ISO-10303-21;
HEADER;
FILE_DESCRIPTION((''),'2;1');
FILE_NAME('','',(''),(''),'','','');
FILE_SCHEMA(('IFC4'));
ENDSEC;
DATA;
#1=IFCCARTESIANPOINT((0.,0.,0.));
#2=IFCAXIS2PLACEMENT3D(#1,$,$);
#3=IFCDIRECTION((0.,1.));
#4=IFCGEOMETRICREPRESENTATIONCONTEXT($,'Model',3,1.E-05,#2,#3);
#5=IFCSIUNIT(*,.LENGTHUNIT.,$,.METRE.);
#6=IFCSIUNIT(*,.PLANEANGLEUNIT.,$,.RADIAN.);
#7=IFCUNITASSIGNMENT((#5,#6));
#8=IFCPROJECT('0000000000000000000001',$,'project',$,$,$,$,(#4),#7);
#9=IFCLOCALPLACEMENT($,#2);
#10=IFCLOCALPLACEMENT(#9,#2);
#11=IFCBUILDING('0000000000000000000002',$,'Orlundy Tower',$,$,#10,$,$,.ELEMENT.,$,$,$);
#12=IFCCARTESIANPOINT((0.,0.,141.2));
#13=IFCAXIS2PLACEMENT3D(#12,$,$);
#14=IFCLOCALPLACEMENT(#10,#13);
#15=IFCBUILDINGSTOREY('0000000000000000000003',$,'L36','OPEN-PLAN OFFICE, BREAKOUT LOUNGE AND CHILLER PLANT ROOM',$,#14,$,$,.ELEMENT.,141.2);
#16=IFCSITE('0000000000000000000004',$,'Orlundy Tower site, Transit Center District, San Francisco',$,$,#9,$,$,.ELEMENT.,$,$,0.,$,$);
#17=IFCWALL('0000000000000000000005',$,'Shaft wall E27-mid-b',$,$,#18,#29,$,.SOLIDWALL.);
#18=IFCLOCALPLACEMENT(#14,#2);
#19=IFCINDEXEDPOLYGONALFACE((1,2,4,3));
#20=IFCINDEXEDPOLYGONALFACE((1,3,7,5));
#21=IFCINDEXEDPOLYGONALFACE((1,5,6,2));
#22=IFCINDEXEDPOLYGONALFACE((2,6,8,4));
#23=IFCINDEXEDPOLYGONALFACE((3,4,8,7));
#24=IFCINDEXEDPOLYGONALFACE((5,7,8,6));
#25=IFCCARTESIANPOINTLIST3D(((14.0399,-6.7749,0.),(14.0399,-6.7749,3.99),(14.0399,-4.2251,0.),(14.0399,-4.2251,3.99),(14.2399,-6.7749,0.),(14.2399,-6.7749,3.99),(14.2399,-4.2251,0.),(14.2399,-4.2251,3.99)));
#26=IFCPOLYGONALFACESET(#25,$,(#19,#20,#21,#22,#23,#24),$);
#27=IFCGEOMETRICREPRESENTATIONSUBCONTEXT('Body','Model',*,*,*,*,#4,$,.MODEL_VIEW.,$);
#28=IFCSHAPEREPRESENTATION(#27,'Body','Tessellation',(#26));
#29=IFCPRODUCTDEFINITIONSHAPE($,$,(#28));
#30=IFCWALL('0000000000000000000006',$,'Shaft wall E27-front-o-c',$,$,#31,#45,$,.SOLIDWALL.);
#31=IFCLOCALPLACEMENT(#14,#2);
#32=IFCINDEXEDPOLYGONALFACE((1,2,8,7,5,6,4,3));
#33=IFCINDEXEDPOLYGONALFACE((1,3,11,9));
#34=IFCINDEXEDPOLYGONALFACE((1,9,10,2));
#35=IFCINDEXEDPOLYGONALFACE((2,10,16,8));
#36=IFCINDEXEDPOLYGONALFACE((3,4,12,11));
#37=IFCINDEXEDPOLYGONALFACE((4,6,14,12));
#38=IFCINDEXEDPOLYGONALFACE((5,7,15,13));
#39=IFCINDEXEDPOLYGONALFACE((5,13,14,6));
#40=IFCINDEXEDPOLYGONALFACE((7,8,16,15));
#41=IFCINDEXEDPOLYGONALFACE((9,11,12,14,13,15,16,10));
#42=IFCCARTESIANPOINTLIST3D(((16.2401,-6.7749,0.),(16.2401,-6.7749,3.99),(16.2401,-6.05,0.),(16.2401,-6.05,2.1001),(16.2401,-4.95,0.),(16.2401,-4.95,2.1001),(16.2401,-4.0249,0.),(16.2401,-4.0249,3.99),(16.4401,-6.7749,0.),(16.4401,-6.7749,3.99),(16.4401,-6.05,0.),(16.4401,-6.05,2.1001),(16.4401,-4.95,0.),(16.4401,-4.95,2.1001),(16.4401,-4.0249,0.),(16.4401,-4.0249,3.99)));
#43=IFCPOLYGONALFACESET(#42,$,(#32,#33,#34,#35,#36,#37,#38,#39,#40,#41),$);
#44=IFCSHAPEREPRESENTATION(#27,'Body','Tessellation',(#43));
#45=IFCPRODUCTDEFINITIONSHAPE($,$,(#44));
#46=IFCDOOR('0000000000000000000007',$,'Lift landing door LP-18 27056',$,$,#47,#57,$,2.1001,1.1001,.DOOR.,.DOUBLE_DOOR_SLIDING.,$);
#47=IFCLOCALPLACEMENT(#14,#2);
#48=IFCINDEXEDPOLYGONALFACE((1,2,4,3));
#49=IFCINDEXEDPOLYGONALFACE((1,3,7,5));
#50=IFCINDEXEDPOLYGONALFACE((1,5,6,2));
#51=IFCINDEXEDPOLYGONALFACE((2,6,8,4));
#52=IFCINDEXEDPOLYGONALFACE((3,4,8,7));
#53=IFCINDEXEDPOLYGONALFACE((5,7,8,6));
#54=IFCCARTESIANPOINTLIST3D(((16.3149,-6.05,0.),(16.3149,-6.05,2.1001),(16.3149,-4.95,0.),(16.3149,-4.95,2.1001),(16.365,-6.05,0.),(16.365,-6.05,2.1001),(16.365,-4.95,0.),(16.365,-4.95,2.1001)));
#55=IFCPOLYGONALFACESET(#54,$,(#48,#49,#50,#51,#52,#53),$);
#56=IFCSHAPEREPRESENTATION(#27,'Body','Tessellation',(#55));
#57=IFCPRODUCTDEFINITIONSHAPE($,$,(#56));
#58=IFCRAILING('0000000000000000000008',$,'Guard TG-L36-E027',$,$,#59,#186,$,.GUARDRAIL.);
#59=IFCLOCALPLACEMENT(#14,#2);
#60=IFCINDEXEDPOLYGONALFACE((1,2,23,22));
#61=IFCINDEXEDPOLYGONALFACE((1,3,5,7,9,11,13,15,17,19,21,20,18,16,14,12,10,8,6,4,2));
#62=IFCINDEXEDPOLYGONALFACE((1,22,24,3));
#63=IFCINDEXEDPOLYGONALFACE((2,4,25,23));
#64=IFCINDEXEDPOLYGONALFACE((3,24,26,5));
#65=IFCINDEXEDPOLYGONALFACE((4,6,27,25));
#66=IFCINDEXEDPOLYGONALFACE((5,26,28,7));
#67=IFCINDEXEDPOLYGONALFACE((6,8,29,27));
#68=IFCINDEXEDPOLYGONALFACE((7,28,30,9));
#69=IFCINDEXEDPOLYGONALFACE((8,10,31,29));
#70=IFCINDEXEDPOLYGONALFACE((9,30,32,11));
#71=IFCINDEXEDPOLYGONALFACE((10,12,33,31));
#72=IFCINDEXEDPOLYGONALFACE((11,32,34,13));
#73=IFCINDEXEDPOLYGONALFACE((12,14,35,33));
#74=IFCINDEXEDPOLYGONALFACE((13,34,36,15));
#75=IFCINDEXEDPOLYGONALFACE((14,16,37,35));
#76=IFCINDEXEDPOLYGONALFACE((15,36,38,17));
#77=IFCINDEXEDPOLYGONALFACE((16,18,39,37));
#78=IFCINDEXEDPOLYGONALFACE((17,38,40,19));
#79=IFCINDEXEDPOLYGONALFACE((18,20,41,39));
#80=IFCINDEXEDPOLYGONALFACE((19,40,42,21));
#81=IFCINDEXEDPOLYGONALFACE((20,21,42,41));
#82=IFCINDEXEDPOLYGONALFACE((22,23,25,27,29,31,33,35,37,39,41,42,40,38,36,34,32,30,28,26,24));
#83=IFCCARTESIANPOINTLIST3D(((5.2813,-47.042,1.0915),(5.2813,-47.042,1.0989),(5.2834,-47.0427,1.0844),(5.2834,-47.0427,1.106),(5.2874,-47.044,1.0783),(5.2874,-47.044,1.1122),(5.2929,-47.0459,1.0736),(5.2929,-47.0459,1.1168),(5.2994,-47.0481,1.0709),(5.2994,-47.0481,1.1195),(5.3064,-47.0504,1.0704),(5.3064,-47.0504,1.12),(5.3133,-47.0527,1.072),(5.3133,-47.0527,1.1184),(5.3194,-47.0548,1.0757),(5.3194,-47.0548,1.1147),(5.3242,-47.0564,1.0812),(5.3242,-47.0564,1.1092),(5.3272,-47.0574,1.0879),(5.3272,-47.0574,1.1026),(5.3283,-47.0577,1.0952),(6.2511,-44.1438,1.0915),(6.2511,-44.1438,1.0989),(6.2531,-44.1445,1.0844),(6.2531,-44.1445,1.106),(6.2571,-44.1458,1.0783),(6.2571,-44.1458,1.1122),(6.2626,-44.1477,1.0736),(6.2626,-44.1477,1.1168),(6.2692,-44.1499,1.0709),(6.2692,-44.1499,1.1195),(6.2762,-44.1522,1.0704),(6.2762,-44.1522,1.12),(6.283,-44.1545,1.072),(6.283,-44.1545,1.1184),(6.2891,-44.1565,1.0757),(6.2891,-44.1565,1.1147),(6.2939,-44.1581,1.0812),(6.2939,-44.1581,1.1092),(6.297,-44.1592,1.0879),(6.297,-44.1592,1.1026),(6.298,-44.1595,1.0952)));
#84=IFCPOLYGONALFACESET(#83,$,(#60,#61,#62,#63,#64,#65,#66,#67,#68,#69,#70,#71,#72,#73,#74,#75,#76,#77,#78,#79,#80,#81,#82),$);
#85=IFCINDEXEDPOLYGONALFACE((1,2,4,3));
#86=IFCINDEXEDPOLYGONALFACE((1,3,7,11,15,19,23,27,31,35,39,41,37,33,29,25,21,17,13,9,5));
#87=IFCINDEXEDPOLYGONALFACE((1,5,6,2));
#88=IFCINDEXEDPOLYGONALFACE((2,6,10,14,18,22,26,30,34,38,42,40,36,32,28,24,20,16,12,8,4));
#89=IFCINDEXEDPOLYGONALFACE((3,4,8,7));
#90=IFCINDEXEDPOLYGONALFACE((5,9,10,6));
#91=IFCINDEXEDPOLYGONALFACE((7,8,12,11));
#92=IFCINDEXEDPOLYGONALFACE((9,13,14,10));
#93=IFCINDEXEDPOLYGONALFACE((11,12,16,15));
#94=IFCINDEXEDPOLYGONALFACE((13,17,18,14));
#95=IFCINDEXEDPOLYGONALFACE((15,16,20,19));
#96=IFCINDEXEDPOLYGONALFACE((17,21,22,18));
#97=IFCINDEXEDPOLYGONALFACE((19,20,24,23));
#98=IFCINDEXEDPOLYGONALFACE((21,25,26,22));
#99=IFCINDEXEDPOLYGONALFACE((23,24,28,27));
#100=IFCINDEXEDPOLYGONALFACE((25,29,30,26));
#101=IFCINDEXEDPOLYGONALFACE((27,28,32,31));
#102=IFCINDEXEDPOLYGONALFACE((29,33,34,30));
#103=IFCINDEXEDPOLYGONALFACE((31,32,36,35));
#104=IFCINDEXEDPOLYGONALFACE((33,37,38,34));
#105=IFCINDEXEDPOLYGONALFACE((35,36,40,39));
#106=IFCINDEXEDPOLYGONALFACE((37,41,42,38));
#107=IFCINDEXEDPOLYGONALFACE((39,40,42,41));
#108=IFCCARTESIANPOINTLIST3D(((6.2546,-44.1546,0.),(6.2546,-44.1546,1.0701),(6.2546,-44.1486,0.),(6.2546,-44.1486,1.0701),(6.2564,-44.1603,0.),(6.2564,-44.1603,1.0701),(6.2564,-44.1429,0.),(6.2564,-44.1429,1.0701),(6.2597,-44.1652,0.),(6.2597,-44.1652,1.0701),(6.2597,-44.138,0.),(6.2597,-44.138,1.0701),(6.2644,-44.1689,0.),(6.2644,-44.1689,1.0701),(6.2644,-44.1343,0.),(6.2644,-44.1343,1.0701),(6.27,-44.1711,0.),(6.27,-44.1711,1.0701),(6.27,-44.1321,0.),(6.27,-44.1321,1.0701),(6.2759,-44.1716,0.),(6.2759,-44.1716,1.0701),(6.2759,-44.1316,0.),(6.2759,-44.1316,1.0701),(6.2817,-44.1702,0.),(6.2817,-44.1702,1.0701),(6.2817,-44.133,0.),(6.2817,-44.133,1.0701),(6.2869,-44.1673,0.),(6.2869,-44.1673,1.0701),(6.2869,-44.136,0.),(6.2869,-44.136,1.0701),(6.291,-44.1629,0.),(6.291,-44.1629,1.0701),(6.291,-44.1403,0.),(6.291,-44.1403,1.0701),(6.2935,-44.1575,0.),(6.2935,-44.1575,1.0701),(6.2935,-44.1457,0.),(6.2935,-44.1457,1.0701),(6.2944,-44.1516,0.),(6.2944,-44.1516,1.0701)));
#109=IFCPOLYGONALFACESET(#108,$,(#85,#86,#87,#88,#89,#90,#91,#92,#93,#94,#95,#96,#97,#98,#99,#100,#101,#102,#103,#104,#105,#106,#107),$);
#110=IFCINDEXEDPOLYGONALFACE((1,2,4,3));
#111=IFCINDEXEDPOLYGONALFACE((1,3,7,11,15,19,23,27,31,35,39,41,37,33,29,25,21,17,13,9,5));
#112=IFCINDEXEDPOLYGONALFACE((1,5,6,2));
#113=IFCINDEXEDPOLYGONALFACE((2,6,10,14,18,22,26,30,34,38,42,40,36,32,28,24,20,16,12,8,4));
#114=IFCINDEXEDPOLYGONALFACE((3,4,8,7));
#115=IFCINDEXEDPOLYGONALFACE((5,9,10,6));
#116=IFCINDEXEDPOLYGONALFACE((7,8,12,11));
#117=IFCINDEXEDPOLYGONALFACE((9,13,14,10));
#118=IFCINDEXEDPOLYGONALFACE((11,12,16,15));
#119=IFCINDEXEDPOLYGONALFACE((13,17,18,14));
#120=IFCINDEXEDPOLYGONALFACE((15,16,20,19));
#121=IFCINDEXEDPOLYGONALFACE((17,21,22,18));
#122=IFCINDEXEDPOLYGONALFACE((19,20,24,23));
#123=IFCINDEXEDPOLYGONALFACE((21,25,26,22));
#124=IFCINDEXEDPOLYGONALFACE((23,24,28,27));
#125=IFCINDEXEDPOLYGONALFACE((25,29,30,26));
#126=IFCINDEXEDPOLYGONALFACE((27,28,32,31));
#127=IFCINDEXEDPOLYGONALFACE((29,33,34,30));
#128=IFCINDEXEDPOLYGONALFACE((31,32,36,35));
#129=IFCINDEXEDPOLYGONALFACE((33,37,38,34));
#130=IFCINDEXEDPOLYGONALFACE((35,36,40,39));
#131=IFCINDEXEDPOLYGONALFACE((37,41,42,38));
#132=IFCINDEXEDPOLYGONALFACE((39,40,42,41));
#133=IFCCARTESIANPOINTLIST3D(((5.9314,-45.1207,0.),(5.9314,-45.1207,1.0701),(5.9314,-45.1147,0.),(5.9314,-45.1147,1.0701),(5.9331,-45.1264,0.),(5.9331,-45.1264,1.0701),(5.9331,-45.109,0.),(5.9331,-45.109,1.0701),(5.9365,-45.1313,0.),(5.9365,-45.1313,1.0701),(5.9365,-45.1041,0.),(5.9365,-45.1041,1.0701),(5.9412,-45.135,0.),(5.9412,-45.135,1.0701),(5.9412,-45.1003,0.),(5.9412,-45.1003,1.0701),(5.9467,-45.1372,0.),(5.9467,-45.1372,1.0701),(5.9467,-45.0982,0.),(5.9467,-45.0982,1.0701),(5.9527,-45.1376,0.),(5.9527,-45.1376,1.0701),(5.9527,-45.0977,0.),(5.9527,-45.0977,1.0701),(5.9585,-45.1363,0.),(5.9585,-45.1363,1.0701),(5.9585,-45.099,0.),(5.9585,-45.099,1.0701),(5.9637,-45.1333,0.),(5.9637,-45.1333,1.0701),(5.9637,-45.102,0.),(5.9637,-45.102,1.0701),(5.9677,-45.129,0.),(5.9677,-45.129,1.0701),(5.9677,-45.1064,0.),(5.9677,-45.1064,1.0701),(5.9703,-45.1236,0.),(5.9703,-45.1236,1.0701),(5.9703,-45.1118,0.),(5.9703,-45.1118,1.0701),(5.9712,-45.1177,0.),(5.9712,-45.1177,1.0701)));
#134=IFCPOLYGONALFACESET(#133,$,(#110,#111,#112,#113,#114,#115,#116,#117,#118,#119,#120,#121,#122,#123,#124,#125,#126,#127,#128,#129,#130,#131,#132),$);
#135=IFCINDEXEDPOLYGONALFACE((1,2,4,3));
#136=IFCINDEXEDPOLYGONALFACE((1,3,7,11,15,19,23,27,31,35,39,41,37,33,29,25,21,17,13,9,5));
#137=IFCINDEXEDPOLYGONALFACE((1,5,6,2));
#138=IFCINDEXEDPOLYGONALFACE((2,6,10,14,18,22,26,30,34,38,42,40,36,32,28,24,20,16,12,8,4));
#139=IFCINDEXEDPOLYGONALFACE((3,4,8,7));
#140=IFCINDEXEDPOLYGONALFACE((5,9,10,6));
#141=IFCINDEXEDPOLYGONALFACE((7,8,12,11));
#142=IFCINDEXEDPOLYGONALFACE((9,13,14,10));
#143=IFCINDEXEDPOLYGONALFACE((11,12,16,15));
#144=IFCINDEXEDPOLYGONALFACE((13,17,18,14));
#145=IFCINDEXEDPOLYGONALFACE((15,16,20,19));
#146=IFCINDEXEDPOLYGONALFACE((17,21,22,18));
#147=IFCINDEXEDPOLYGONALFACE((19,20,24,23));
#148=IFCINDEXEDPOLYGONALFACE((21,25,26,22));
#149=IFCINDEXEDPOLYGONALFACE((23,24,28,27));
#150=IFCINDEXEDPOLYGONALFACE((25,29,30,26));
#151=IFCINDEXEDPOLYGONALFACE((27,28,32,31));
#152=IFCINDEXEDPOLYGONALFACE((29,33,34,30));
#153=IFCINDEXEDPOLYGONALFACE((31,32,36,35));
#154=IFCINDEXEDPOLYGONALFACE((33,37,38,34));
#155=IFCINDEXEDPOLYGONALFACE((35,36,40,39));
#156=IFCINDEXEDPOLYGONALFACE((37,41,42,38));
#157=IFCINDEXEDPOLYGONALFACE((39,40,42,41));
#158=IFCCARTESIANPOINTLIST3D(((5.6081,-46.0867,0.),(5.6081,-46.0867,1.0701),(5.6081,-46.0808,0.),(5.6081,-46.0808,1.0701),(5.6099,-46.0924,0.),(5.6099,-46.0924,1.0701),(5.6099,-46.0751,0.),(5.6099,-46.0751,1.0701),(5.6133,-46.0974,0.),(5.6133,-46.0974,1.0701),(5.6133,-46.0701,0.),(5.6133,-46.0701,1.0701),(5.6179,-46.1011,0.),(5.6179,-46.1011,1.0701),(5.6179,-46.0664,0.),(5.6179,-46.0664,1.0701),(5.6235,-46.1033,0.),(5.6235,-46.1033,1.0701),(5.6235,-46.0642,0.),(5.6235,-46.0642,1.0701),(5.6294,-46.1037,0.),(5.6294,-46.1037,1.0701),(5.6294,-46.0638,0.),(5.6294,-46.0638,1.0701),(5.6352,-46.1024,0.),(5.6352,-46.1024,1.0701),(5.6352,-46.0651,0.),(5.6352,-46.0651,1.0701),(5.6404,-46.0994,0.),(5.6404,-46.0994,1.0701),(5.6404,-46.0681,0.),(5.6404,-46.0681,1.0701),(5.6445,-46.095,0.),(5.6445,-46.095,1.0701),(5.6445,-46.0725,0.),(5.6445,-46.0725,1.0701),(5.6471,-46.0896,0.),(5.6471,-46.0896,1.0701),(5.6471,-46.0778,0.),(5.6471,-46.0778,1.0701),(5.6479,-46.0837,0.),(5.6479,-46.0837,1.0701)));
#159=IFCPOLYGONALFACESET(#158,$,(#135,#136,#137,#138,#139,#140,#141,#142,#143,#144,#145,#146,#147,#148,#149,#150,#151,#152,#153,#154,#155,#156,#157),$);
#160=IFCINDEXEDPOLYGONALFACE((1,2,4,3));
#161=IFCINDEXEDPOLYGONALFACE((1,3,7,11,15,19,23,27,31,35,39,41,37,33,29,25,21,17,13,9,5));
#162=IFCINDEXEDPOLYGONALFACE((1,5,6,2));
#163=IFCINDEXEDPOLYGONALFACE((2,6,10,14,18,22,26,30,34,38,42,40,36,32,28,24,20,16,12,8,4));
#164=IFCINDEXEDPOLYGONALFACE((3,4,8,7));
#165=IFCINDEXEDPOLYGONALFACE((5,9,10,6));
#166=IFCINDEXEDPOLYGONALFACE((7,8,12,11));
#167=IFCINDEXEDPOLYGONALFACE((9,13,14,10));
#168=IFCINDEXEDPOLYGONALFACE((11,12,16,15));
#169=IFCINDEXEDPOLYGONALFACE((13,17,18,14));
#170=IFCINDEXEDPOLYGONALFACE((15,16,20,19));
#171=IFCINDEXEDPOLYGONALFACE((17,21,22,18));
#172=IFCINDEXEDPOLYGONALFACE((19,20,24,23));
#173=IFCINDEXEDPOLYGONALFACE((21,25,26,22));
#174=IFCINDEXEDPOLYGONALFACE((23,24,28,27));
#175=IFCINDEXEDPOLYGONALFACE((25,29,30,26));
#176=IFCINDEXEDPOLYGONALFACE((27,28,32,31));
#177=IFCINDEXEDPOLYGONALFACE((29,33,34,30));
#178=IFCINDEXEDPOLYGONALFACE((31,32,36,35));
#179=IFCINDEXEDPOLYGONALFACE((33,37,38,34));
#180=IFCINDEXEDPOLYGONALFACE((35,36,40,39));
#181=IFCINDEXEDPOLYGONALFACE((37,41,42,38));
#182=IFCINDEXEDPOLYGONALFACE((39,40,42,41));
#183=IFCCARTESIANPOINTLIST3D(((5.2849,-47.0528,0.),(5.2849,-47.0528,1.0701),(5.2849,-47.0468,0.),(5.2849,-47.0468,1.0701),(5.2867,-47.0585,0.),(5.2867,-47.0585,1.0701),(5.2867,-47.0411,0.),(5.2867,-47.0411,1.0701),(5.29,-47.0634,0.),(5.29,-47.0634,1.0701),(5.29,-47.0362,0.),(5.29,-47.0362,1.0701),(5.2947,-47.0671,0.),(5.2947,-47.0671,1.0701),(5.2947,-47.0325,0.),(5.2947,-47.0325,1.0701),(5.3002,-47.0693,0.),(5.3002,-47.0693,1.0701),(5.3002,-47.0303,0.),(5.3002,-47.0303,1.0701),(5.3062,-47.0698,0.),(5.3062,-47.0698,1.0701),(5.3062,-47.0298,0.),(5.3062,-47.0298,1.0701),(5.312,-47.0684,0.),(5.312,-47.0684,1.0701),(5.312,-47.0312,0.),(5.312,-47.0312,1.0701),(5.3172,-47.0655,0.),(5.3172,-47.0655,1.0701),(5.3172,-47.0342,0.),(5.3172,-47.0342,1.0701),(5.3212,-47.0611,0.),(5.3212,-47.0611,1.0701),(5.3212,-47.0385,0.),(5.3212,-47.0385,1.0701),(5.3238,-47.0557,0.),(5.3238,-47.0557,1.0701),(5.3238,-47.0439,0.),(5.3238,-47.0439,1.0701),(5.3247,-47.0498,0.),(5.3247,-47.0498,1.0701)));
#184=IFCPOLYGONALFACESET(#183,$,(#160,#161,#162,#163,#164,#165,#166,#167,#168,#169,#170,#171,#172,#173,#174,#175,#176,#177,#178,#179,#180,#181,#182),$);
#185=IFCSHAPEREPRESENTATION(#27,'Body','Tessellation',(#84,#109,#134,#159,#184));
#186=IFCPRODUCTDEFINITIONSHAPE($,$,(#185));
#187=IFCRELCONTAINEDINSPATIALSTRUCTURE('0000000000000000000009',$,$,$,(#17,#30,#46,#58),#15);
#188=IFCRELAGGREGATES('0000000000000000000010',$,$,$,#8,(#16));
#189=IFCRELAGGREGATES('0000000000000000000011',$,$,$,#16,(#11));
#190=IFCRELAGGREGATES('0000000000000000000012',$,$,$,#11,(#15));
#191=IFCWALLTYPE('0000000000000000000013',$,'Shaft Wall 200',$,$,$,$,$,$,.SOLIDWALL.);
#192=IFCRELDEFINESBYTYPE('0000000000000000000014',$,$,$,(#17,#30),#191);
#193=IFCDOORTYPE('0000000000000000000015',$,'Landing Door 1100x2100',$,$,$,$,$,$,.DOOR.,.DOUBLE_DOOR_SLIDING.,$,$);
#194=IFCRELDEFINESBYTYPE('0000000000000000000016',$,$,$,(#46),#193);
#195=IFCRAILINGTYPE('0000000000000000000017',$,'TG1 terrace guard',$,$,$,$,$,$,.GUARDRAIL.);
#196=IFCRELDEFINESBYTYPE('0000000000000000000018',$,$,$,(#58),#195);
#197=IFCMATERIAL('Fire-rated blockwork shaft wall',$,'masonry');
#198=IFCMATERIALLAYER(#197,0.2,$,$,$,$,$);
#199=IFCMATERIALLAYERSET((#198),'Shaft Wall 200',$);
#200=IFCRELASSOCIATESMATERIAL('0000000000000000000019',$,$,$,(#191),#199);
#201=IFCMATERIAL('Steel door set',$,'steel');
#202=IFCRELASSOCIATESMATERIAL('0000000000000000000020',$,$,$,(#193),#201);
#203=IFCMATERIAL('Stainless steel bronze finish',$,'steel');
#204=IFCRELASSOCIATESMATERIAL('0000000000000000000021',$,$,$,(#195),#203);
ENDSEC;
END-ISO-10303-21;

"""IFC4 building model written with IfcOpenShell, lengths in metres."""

from ifc_helpers import new_model, si_unit, direction, frame, frame_2d, origin, origin_2d, place, context, subcontext, project, spatial, rectangle, circle, extrude, material, layer, layer_set, type_object, element, fill, save


model = new_model("IFC4")

# Units and contexts
model_context = context("Model", 3, precision=1e-05, world=origin(), true_north=direction((0.0, 1.0)))
body_context = subcontext(model_context, "Body", "Model", "MODEL_VIEW")
ifc_project = project(units=[si_unit("LENGTHUNIT", "METRE"), si_unit("PLANEANGLEUNIT", "RADIAN")], contexts=[model_context])

# Site, building, storey
site_placement = place(None, origin())
site = spatial("IfcSite", under=ifc_project, at=site_placement, Name="Orlundy Tower site, Transit Center District, San Francisco", CompositionType="ELEMENT", RefElevation=0.0)
building_placement = place(site_placement, origin())
building = spatial("IfcBuilding", under=site, at=building_placement, Name="Orlundy Tower", CompositionType="ELEMENT")
storey_placement = place(building_placement, frame((0.0, 0.0, 141.2)))
storey = spatial("IfcBuildingStorey", under=building, at=storey_placement, Name="L36", Description="OPEN-PLAN OFFICE, BREAKOUT LOUNGE AND CHILLER PLANT ROOM", CompositionType="ELEMENT", Elevation=141.2)

# Wall
ifc_material_1 = material(Name="Fire-rated blockwork shaft wall", Category="masonry")
ifc_layer_1 = layer(ifc_material_1, 0.2)
ifc_layer_set_1 = layer_set([ifc_layer_1], Name="Shaft Wall 200")
wall_type_1 = type_object("IfcWallType", Name="Shaft Wall 200", PredefinedType="SOLIDWALL", material=ifc_layer_set_1)
wall_1_placement = place(storey_placement, frame((14.1399, -4.2251, 0.0), z_axis=(0.0, 0.0, 1.0), x_axis=(0.0, -1.0, 0.0)))
element("IfcWall", 1, at=wall_1_placement, inside=storey, type_object=wall_type_1, Name="Shaft wall E27-mid-b", PredefinedType="SOLIDWALL", context=body_context, shape_type="SweptSolid", body=[
    extrude(rectangle(XDim=2.5498, YDim=0.2, at=frame_2d((1.2749, 0.0))), origin(), (0.0, 0.0, 1.0), 3.99),
])

# Wall, opening, door
wall_2_placement = place(storey_placement, frame((16.3401, -4.0249, 0.0), z_axis=(0.0, 0.0, 1.0), x_axis=(0.0, -1.0, 0.0)))
wall_2 = element("IfcWall", 2, at=wall_2_placement, inside=storey, type_object=wall_type_1, Name="Shaft wall E27-front-o-c", PredefinedType="SOLIDWALL", context=body_context, shape_type="SweptSolid", body=[
    extrude(rectangle(XDim=2.75, YDim=0.2, at=frame_2d((1.375, 0.0))), origin(), (0.0, 0.0, 1.0), 3.99),
])
opening_1_placement = place(wall_2_placement, frame((0.925, 0.0, 0.0)))
opening_1 = element("IfcOpeningElement", 3, at=opening_1_placement, cuts=wall_2, PredefinedType="OPENING", context=body_context, shape_type="SweptSolid", body=[
    extrude(rectangle(XDim=1.1001, YDim=2.1001, at=frame_2d((0.55, 1.05))), frame((0.0, 0.1101, 0.0), z_axis=(0.0, -1.0, 0.0), x_axis=(1.0, 0.0, 0.0)), (0.0, 0.0, 1.0), 0.2202),
])
ifc_material_2 = material(Name="Steel door set", Category="steel")
door_type_1 = type_object("IfcDoorType", Name="Landing Door 1100x2100", OperationType="DOUBLE_DOOR_SLIDING", PredefinedType="DOOR", material=ifc_material_2)
door_1_placement = place(opening_1_placement, origin())
door_1 = element("IfcDoor", 4, at=door_1_placement, inside=storey, type_object=door_type_1, Name="Lift landing door LP-18 27056", OperationType="DOUBLE_DOOR_SLIDING", OverallHeight=2.1001, OverallWidth=1.1001, PredefinedType="DOOR", context=body_context, shape_type="SweptSolid", body=[
    extrude(rectangle(XDim=1.1001, YDim=2.1001, at=frame_2d((0.55, 1.05))), frame((0.0, 0.0249, 0.0), z_axis=(0.0, -1.0, 0.0), x_axis=(1.0, 0.0, 0.0)), (0.0, 0.0, 1.0), 0.05),
])
fill(opening_1, door_1)

# Railing
ifc_material_3 = material(Name="Stainless steel bronze finish", Category="steel")
railing_type = type_object("IfcRailingType", Name="TG1 terrace guard", PredefinedType="GUARDRAIL", material=ifc_material_3)
railing_1_placement = place(storey_placement, frame((6.2744, -44.1516, 0.0)))
element("IfcRailing", 5, at=railing_1_placement, inside=storey, type_object=railing_type, Name="Guard TG-L36-E027", PredefinedType="GUARDRAIL", context=body_context, shape_type="SweptSolid", body=[
    extrude(circle(Radius=0.0249, at=origin_2d()), frame((0.0, 0.0, 1.0952), z_axis=(-0.317306, -0.948323, 0.0), x_axis=(0.948323, -0.317306, 0.0)), (0.0, 0.0, 1.0), 3.0562),
    extrude(circle(Radius=0.02, at=origin_2d()), origin(), (0.0, 0.0, 1.0), 1.0701),
    extrude(circle(Radius=0.02, at=origin_2d()), frame((-0.3232, -0.9661, 0.0)), (0.0, 0.0, 1.0), 1.0701),
    extrude(circle(Radius=0.02, at=origin_2d()), frame((-0.6465, -1.9321, 0.0)), (0.0, 0.0, 1.0), 1.0701),
    extrude(circle(Radius=0.02, at=origin_2d()), frame((-0.9697, -2.8982, 0.0)), (0.0, 0.0, 1.0), 1.0701),
])

save(model, "model.ifc")
